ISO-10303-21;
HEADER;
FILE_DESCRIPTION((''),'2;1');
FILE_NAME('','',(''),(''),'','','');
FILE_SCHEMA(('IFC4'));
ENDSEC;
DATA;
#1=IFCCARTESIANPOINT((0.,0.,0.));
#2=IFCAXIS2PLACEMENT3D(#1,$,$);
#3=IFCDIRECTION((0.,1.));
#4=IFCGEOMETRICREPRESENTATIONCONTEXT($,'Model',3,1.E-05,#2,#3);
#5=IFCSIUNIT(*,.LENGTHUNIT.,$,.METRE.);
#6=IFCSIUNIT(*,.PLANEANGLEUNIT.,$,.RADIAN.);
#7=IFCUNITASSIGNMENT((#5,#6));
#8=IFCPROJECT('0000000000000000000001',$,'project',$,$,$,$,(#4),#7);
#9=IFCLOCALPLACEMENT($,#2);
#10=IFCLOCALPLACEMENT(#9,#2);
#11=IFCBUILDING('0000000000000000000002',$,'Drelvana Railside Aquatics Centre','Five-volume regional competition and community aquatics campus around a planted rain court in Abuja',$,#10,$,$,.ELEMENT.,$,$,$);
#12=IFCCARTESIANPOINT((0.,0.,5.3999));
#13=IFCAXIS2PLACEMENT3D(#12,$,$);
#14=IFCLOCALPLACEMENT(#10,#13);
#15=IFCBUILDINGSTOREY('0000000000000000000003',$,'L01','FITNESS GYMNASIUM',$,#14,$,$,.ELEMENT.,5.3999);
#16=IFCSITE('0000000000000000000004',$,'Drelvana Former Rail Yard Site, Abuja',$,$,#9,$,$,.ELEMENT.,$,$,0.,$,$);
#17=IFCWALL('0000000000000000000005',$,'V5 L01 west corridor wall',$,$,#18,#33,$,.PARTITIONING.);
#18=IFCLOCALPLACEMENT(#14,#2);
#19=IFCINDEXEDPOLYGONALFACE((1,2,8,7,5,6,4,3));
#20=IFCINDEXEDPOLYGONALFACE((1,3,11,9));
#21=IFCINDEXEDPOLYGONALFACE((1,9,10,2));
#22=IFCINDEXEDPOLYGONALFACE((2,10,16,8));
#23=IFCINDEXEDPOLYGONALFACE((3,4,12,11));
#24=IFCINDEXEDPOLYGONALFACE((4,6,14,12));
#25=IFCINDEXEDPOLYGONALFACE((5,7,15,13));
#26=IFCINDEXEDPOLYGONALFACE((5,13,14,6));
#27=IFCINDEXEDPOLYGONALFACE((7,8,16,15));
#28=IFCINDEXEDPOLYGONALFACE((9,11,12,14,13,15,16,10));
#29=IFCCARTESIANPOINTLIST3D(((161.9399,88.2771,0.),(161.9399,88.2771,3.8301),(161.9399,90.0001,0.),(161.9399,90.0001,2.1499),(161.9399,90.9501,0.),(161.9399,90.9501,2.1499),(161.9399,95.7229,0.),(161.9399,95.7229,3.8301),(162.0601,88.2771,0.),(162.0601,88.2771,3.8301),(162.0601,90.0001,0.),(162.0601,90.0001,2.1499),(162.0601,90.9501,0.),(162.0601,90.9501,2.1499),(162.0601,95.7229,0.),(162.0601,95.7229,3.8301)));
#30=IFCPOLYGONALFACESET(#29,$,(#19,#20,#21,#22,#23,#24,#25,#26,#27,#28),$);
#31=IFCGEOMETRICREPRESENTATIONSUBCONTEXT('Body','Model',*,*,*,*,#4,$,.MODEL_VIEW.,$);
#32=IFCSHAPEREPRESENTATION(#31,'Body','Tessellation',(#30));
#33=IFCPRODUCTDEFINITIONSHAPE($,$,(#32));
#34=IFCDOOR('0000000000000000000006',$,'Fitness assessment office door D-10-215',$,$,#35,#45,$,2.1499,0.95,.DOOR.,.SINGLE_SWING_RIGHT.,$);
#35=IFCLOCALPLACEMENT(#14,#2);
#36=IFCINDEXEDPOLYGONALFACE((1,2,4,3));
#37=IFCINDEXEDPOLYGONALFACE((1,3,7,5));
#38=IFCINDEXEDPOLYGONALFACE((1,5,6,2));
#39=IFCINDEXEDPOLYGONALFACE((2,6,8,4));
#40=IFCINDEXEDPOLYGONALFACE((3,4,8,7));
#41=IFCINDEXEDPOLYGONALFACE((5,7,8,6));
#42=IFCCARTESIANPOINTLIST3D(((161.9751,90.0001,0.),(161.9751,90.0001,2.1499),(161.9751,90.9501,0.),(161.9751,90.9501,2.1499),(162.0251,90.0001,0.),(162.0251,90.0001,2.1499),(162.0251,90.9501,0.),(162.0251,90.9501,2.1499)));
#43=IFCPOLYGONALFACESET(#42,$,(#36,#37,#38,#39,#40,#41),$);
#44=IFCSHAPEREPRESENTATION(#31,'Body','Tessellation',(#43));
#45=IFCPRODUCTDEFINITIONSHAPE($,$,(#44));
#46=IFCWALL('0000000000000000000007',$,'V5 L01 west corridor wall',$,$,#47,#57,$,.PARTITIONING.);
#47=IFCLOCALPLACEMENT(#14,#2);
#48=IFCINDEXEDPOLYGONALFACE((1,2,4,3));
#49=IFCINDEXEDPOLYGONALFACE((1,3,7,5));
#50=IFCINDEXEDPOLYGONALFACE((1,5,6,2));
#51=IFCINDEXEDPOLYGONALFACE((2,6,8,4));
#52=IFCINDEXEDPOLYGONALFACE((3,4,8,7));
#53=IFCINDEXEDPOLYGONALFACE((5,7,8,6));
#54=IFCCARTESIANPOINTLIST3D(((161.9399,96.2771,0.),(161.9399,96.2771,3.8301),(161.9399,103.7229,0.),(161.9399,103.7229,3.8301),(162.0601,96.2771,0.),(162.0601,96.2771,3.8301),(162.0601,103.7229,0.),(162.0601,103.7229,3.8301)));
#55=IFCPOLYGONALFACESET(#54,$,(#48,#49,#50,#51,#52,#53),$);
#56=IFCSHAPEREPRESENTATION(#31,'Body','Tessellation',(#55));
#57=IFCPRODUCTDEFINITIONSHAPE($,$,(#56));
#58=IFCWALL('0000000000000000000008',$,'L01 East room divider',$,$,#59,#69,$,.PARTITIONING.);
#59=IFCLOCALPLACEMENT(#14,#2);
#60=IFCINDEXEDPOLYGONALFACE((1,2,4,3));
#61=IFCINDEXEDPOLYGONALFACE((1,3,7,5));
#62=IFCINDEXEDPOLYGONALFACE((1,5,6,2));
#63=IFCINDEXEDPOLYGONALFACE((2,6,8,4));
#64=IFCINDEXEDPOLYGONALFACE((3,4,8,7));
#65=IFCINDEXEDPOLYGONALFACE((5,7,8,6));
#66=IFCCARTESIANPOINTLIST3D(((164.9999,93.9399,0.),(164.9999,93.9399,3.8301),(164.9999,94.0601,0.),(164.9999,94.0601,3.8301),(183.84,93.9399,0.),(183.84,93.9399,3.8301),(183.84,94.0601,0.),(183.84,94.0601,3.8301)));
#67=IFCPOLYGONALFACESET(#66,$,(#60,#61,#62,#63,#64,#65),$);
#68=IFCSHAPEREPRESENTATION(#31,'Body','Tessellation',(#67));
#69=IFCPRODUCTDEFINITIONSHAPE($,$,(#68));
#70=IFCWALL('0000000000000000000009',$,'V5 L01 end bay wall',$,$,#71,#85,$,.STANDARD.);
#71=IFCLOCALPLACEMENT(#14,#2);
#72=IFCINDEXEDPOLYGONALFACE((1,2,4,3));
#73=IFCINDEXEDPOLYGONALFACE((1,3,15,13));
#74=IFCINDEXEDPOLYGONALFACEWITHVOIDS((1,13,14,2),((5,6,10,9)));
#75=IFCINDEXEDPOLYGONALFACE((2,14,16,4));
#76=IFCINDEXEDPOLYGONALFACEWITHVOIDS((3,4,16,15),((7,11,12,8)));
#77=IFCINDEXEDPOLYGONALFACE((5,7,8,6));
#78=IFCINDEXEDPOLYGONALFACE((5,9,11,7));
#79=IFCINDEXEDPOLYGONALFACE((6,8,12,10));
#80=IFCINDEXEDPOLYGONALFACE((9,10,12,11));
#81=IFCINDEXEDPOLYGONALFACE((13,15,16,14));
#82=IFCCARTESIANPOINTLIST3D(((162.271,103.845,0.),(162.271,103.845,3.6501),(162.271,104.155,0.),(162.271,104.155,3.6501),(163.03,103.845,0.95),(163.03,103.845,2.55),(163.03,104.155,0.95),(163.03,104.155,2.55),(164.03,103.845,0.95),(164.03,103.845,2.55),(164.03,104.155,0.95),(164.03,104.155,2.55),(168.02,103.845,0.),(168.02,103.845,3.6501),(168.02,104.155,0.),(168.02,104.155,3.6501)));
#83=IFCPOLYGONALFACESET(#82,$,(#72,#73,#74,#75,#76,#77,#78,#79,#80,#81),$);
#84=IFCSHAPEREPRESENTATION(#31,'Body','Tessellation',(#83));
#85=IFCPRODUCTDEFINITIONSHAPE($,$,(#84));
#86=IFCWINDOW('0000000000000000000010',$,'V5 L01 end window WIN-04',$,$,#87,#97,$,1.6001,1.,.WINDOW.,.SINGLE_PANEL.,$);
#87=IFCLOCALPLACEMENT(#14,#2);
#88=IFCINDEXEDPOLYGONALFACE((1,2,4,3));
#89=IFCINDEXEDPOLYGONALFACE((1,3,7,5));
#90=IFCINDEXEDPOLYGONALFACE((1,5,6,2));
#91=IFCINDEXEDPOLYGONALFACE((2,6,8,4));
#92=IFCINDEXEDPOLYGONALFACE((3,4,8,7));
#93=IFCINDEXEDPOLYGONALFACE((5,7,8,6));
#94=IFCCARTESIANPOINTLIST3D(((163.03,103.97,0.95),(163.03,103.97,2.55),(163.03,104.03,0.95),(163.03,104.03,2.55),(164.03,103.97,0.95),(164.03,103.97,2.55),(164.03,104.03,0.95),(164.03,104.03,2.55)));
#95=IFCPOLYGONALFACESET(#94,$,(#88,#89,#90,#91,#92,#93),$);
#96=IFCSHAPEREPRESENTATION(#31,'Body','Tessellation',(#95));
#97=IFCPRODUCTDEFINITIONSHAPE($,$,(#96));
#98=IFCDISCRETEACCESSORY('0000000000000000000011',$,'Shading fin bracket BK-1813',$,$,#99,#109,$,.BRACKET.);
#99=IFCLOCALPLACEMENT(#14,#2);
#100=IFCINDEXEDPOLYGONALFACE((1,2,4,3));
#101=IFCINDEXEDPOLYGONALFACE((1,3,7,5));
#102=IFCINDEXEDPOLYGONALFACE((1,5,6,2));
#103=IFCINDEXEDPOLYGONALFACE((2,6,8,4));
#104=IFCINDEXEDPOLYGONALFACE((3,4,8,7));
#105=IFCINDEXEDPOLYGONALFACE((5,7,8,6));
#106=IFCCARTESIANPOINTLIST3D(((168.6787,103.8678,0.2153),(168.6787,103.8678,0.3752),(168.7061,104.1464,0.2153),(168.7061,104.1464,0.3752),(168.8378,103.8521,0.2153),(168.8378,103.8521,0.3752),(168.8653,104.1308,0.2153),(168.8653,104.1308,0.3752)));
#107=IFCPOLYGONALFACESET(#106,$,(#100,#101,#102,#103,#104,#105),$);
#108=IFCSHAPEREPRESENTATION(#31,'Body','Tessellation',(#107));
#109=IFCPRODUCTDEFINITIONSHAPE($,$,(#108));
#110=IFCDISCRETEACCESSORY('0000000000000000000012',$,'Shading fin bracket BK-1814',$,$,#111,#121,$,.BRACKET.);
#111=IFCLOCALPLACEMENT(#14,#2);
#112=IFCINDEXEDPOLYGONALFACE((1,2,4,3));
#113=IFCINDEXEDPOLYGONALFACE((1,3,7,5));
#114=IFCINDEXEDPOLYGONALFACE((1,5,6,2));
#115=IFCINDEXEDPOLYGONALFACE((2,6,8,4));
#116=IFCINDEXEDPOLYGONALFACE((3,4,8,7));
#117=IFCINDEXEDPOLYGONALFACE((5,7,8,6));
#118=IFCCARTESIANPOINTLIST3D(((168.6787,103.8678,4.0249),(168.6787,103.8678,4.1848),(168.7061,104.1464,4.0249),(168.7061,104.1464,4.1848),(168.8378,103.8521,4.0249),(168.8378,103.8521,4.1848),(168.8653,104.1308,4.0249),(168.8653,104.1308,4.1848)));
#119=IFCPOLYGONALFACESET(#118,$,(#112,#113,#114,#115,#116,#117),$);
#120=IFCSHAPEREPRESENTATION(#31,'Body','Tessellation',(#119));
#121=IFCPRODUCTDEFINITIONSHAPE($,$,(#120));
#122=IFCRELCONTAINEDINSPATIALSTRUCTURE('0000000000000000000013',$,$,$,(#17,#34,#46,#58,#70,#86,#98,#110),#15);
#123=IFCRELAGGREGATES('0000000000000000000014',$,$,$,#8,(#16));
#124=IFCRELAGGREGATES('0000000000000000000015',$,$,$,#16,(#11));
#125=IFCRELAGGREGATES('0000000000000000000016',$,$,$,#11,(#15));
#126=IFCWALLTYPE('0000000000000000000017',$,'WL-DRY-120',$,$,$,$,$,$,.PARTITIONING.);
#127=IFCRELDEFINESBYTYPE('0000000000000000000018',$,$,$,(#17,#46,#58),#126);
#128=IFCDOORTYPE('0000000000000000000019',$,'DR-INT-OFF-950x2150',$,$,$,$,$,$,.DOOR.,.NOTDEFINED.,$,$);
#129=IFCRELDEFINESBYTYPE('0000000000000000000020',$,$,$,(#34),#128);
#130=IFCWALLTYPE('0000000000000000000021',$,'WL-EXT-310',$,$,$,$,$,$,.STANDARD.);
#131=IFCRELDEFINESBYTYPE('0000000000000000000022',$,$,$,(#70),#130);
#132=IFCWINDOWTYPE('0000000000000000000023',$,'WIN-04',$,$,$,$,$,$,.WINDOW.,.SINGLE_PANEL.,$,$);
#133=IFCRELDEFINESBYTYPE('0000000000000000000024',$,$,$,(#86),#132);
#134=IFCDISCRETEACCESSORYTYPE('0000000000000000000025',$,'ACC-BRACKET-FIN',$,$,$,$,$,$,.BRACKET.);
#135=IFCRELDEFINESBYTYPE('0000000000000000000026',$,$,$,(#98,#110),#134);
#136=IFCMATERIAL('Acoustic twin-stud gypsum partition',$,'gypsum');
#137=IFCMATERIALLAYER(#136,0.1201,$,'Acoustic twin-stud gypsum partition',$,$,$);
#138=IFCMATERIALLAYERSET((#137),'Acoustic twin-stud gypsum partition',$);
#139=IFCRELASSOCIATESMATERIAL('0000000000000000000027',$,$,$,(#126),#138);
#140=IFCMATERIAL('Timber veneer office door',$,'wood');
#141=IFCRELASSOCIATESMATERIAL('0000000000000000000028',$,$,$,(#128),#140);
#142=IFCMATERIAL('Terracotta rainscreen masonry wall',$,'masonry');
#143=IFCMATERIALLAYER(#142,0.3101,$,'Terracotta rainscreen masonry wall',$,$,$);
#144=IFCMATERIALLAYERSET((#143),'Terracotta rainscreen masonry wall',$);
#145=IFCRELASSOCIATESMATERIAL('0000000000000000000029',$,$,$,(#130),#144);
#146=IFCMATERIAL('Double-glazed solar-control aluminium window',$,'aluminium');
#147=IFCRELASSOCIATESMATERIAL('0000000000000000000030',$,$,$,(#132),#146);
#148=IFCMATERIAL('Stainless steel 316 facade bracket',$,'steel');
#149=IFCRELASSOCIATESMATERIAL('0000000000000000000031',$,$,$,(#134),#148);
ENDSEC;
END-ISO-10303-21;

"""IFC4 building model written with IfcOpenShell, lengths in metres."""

from ifc_helpers import new_model, si_unit, direction, frame, frame_2d, origin, origin_2d, place, context, subcontext, project, spatial, rectangle, extrude, material, layer, layer_set, type_object, element, fill, save


model = new_model("IFC4")

# Units and contexts
model_context = context("Model", 3, precision=1e-05, world=origin(), true_north=direction((0.0, 1.0)))
body_context = subcontext(model_context, "Body", "Model", "MODEL_VIEW")
ifc_project = project(units=[si_unit("LENGTHUNIT", "METRE"), si_unit("PLANEANGLEUNIT", "RADIAN")], contexts=[model_context])

# Site, building, storey
site_placement = place(None, origin())
site = spatial("IfcSite", under=ifc_project, at=site_placement, Name="Drelvana Former Rail Yard Site, Abuja", CompositionType="ELEMENT", RefElevation=0.0)
building_placement = place(site_placement, origin())
building = spatial("IfcBuilding", under=site, at=building_placement, Name="Drelvana Railside Aquatics Centre", Description="Five-volume regional competition and community aquatics campus around a planted rain court in Abuja", CompositionType="ELEMENT")
storey_placement = place(building_placement, frame((0.0, 0.0, 5.3999)))
storey = spatial("IfcBuildingStorey", under=building, at=storey_placement, Name="L01", Description="FITNESS GYMNASIUM", CompositionType="ELEMENT", Elevation=5.3999)

# Wall, opening, door
ifc_material_1 = material(Name="Acoustic twin-stud gypsum partition", Category="gypsum")
ifc_layer_1 = layer(ifc_material_1, 0.1201, Name="Acoustic twin-stud gypsum partition")
ifc_layer_set_1 = layer_set([ifc_layer_1], Name="Acoustic twin-stud gypsum partition")
wall_type_1 = type_object("IfcWallType", Name="WL-DRY-120", PredefinedType="PARTITIONING", material=ifc_layer_set_1)
wall_1_placement = place(storey_placement, frame((162.0, 88.2771, 0.0), z_axis=(0.0, 0.0, 1.0), x_axis=(0.0, 1.0, 0.0)))
wall_1 = element("IfcWall", 1, at=wall_1_placement, inside=storey, type_object=wall_type_1, Name="V5 L01 west corridor wall", PredefinedType="PARTITIONING", context=body_context, shape_type="SweptSolid", body=[
    extrude(rectangle(XDim=7.4458, YDim=0.1201, at=frame_2d((3.7229, 0.0))), origin(), (0.0, 0.0, 1.0), 3.8301),
])
opening_1_placement = place(wall_1_placement, frame((1.7229, 0.0, 0.0)))
opening_1 = element("IfcOpeningElement", 2, at=opening_1_placement, cuts=wall_1, PredefinedType="OPENING", context=body_context, shape_type="SweptSolid", body=[
    extrude(rectangle(XDim=0.95, YDim=2.1499, at=frame_2d((0.4751, 1.075))), frame((0.0, 0.0701, 0.0), z_axis=(0.0, -1.0, 0.0), x_axis=(1.0, 0.0, 0.0)), (0.0, 0.0, 1.0), 0.1401),
])
ifc_material_2 = material(Name="Timber veneer office door", Category="wood")
door_type = type_object("IfcDoorType", Name="DR-INT-OFF-950x2150", OperationType="NOTDEFINED", PredefinedType="DOOR", material=ifc_material_2)
door_placement = place(opening_1_placement, origin())
door = element("IfcDoor", 3, at=door_placement, inside=storey, type_object=door_type, Name="Fitness assessment office door D-10-215", OperationType="SINGLE_SWING_RIGHT", OverallHeight=2.1499, OverallWidth=0.95, PredefinedType="DOOR", context=body_context, shape_type="SweptSolid", body=[
    extrude(rectangle(XDim=0.95, YDim=2.1499, at=frame_2d((0.4751, 1.075))), frame((0.0, 0.0249, 0.0), z_axis=(0.0, -1.0, 0.0), x_axis=(1.0, 0.0, 0.0)), (0.0, 0.0, 1.0), 0.05),
])
fill(opening_1, door)

# Walls
wall_2_placement = place(storey_placement, frame((162.0, 96.2771, 0.0), z_axis=(0.0, 0.0, 1.0), x_axis=(0.0, 1.0, 0.0)))
element("IfcWall", 4, at=wall_2_placement, inside=storey, type_object=wall_type_1, Name="V5 L01 west corridor wall", PredefinedType="PARTITIONING", context=body_context, shape_type="SweptSolid", body=[
    extrude(rectangle(XDim=7.4458, YDim=0.1201, at=frame_2d((3.7229, 0.0))), origin(), (0.0, 0.0, 1.0), 3.8301),
])
wall_3_placement = place(storey_placement, frame((165.0, 94.0, 0.0), z_axis=(0.0, 0.0, 1.0), x_axis=(1.0, 0.0, 0.0)))
element("IfcWall", 5, at=wall_3_placement, inside=storey, type_object=wall_type_1, Name="L01 East room divider", PredefinedType="PARTITIONING", context=body_context, shape_type="SweptSolid", body=[
    extrude(rectangle(XDim=18.8401, YDim=0.1201, at=frame_2d((9.4199, 0.0))), origin(), (0.0, 0.0, 1.0), 3.8301),
])

# Wall, opening, window
ifc_material_3 = material(Name="Terracotta rainscreen masonry wall", Category="masonry")
ifc_layer_2 = layer(ifc_material_3, 0.3101, Name="Terracotta rainscreen masonry wall")
ifc_layer_set_2 = layer_set([ifc_layer_2], Name="Terracotta rainscreen masonry wall")
wall_type_2 = type_object("IfcWallType", Name="WL-EXT-310", PredefinedType="STANDARD", material=ifc_layer_set_2)
wall_4_placement = place(storey_placement, frame((162.271, 104.0, 0.0), z_axis=(0.0, 0.0, 1.0), x_axis=(1.0, 0.0, 0.0)))
wall_4 = element("IfcWall", 6, at=wall_4_placement, inside=storey, type_object=wall_type_2, Name="V5 L01 end bay wall", PredefinedType="STANDARD", context=body_context, shape_type="SweptSolid", body=[
    extrude(rectangle(XDim=5.749, YDim=0.3101, at=frame_2d((2.8745, 0.0))), origin(), (0.0, 0.0, 1.0), 3.6501),
])
opening_2_placement = place(wall_4_placement, frame((0.759, 0.0, 0.95)))
opening_2 = element("IfcOpeningElement", 7, at=opening_2_placement, cuts=wall_4, PredefinedType="OPENING", context=body_context, shape_type="SweptSolid", body=[
    extrude(rectangle(XDim=1.0, YDim=1.6001, at=frame_2d((0.5, 0.8))), frame((0.0, 0.165, 0.0), z_axis=(0.0, -1.0, 0.0), x_axis=(1.0, 0.0, 0.0)), (0.0, 0.0, 1.0), 0.3301),
])
ifc_material_4 = material(Name="Double-glazed solar-control aluminium window", Category="aluminium")
window_type = type_object("IfcWindowType", Name="WIN-04", PartitioningType="SINGLE_PANEL", PredefinedType="WINDOW", material=ifc_material_4)
window_placement = place(opening_2_placement, origin())
window = element("IfcWindow", 8, at=window_placement, inside=storey, type_object=window_type, Name="V5 L01 end window WIN-04", OverallHeight=1.6001, OverallWidth=1.0, PartitioningType="SINGLE_PANEL", PredefinedType="WINDOW", context=body_context, shape_type="SweptSolid", body=[
    extrude(rectangle(XDim=1.0, YDim=1.6001, at=frame_2d((0.5, 0.8))), frame((0.0, 0.03, 0.0), z_axis=(0.0, -1.0, 0.0), x_axis=(1.0, 0.0, 0.0)), (0.0, 0.0, 1.0), 0.0601),
])
fill(opening_2, window)

# Discrete accessories
ifc_material_5 = material(Name="Stainless steel 316 facade bracket", Category="steel")
discrete_accessory_type = type_object("IfcDiscreteAccessoryType", Name="ACC-BRACKET-FIN", PredefinedType="BRACKET", material=ifc_material_5)
for number, where, z_axis, x_axis, name in (
    (9, (168.772, 103.9993, 0.2153), (0.0, 0.0, 1.0), (0.098017, 0.995185, 0.0), "Shading fin bracket BK-1813"),
    (10, (168.772, 103.9993, 4.0249), (0.0, 0.0, 1.0), (0.098017, 0.995185, 0.0), "Shading fin bracket BK-1814"),
):
    element("IfcDiscreteAccessory", number, at=place(storey_placement, frame(where, z_axis=z_axis, x_axis=x_axis)), inside=storey, type_object=discrete_accessory_type, Name=name, PredefinedType="BRACKET", context=body_context, shape_type="SweptSolid", body=[
        extrude(rectangle(XDim=0.28, YDim=0.1599, at=origin_2d()), origin(), (0.0, 0.0, 1.0), 0.1599),
    ])

save(model, "model.ifc")
